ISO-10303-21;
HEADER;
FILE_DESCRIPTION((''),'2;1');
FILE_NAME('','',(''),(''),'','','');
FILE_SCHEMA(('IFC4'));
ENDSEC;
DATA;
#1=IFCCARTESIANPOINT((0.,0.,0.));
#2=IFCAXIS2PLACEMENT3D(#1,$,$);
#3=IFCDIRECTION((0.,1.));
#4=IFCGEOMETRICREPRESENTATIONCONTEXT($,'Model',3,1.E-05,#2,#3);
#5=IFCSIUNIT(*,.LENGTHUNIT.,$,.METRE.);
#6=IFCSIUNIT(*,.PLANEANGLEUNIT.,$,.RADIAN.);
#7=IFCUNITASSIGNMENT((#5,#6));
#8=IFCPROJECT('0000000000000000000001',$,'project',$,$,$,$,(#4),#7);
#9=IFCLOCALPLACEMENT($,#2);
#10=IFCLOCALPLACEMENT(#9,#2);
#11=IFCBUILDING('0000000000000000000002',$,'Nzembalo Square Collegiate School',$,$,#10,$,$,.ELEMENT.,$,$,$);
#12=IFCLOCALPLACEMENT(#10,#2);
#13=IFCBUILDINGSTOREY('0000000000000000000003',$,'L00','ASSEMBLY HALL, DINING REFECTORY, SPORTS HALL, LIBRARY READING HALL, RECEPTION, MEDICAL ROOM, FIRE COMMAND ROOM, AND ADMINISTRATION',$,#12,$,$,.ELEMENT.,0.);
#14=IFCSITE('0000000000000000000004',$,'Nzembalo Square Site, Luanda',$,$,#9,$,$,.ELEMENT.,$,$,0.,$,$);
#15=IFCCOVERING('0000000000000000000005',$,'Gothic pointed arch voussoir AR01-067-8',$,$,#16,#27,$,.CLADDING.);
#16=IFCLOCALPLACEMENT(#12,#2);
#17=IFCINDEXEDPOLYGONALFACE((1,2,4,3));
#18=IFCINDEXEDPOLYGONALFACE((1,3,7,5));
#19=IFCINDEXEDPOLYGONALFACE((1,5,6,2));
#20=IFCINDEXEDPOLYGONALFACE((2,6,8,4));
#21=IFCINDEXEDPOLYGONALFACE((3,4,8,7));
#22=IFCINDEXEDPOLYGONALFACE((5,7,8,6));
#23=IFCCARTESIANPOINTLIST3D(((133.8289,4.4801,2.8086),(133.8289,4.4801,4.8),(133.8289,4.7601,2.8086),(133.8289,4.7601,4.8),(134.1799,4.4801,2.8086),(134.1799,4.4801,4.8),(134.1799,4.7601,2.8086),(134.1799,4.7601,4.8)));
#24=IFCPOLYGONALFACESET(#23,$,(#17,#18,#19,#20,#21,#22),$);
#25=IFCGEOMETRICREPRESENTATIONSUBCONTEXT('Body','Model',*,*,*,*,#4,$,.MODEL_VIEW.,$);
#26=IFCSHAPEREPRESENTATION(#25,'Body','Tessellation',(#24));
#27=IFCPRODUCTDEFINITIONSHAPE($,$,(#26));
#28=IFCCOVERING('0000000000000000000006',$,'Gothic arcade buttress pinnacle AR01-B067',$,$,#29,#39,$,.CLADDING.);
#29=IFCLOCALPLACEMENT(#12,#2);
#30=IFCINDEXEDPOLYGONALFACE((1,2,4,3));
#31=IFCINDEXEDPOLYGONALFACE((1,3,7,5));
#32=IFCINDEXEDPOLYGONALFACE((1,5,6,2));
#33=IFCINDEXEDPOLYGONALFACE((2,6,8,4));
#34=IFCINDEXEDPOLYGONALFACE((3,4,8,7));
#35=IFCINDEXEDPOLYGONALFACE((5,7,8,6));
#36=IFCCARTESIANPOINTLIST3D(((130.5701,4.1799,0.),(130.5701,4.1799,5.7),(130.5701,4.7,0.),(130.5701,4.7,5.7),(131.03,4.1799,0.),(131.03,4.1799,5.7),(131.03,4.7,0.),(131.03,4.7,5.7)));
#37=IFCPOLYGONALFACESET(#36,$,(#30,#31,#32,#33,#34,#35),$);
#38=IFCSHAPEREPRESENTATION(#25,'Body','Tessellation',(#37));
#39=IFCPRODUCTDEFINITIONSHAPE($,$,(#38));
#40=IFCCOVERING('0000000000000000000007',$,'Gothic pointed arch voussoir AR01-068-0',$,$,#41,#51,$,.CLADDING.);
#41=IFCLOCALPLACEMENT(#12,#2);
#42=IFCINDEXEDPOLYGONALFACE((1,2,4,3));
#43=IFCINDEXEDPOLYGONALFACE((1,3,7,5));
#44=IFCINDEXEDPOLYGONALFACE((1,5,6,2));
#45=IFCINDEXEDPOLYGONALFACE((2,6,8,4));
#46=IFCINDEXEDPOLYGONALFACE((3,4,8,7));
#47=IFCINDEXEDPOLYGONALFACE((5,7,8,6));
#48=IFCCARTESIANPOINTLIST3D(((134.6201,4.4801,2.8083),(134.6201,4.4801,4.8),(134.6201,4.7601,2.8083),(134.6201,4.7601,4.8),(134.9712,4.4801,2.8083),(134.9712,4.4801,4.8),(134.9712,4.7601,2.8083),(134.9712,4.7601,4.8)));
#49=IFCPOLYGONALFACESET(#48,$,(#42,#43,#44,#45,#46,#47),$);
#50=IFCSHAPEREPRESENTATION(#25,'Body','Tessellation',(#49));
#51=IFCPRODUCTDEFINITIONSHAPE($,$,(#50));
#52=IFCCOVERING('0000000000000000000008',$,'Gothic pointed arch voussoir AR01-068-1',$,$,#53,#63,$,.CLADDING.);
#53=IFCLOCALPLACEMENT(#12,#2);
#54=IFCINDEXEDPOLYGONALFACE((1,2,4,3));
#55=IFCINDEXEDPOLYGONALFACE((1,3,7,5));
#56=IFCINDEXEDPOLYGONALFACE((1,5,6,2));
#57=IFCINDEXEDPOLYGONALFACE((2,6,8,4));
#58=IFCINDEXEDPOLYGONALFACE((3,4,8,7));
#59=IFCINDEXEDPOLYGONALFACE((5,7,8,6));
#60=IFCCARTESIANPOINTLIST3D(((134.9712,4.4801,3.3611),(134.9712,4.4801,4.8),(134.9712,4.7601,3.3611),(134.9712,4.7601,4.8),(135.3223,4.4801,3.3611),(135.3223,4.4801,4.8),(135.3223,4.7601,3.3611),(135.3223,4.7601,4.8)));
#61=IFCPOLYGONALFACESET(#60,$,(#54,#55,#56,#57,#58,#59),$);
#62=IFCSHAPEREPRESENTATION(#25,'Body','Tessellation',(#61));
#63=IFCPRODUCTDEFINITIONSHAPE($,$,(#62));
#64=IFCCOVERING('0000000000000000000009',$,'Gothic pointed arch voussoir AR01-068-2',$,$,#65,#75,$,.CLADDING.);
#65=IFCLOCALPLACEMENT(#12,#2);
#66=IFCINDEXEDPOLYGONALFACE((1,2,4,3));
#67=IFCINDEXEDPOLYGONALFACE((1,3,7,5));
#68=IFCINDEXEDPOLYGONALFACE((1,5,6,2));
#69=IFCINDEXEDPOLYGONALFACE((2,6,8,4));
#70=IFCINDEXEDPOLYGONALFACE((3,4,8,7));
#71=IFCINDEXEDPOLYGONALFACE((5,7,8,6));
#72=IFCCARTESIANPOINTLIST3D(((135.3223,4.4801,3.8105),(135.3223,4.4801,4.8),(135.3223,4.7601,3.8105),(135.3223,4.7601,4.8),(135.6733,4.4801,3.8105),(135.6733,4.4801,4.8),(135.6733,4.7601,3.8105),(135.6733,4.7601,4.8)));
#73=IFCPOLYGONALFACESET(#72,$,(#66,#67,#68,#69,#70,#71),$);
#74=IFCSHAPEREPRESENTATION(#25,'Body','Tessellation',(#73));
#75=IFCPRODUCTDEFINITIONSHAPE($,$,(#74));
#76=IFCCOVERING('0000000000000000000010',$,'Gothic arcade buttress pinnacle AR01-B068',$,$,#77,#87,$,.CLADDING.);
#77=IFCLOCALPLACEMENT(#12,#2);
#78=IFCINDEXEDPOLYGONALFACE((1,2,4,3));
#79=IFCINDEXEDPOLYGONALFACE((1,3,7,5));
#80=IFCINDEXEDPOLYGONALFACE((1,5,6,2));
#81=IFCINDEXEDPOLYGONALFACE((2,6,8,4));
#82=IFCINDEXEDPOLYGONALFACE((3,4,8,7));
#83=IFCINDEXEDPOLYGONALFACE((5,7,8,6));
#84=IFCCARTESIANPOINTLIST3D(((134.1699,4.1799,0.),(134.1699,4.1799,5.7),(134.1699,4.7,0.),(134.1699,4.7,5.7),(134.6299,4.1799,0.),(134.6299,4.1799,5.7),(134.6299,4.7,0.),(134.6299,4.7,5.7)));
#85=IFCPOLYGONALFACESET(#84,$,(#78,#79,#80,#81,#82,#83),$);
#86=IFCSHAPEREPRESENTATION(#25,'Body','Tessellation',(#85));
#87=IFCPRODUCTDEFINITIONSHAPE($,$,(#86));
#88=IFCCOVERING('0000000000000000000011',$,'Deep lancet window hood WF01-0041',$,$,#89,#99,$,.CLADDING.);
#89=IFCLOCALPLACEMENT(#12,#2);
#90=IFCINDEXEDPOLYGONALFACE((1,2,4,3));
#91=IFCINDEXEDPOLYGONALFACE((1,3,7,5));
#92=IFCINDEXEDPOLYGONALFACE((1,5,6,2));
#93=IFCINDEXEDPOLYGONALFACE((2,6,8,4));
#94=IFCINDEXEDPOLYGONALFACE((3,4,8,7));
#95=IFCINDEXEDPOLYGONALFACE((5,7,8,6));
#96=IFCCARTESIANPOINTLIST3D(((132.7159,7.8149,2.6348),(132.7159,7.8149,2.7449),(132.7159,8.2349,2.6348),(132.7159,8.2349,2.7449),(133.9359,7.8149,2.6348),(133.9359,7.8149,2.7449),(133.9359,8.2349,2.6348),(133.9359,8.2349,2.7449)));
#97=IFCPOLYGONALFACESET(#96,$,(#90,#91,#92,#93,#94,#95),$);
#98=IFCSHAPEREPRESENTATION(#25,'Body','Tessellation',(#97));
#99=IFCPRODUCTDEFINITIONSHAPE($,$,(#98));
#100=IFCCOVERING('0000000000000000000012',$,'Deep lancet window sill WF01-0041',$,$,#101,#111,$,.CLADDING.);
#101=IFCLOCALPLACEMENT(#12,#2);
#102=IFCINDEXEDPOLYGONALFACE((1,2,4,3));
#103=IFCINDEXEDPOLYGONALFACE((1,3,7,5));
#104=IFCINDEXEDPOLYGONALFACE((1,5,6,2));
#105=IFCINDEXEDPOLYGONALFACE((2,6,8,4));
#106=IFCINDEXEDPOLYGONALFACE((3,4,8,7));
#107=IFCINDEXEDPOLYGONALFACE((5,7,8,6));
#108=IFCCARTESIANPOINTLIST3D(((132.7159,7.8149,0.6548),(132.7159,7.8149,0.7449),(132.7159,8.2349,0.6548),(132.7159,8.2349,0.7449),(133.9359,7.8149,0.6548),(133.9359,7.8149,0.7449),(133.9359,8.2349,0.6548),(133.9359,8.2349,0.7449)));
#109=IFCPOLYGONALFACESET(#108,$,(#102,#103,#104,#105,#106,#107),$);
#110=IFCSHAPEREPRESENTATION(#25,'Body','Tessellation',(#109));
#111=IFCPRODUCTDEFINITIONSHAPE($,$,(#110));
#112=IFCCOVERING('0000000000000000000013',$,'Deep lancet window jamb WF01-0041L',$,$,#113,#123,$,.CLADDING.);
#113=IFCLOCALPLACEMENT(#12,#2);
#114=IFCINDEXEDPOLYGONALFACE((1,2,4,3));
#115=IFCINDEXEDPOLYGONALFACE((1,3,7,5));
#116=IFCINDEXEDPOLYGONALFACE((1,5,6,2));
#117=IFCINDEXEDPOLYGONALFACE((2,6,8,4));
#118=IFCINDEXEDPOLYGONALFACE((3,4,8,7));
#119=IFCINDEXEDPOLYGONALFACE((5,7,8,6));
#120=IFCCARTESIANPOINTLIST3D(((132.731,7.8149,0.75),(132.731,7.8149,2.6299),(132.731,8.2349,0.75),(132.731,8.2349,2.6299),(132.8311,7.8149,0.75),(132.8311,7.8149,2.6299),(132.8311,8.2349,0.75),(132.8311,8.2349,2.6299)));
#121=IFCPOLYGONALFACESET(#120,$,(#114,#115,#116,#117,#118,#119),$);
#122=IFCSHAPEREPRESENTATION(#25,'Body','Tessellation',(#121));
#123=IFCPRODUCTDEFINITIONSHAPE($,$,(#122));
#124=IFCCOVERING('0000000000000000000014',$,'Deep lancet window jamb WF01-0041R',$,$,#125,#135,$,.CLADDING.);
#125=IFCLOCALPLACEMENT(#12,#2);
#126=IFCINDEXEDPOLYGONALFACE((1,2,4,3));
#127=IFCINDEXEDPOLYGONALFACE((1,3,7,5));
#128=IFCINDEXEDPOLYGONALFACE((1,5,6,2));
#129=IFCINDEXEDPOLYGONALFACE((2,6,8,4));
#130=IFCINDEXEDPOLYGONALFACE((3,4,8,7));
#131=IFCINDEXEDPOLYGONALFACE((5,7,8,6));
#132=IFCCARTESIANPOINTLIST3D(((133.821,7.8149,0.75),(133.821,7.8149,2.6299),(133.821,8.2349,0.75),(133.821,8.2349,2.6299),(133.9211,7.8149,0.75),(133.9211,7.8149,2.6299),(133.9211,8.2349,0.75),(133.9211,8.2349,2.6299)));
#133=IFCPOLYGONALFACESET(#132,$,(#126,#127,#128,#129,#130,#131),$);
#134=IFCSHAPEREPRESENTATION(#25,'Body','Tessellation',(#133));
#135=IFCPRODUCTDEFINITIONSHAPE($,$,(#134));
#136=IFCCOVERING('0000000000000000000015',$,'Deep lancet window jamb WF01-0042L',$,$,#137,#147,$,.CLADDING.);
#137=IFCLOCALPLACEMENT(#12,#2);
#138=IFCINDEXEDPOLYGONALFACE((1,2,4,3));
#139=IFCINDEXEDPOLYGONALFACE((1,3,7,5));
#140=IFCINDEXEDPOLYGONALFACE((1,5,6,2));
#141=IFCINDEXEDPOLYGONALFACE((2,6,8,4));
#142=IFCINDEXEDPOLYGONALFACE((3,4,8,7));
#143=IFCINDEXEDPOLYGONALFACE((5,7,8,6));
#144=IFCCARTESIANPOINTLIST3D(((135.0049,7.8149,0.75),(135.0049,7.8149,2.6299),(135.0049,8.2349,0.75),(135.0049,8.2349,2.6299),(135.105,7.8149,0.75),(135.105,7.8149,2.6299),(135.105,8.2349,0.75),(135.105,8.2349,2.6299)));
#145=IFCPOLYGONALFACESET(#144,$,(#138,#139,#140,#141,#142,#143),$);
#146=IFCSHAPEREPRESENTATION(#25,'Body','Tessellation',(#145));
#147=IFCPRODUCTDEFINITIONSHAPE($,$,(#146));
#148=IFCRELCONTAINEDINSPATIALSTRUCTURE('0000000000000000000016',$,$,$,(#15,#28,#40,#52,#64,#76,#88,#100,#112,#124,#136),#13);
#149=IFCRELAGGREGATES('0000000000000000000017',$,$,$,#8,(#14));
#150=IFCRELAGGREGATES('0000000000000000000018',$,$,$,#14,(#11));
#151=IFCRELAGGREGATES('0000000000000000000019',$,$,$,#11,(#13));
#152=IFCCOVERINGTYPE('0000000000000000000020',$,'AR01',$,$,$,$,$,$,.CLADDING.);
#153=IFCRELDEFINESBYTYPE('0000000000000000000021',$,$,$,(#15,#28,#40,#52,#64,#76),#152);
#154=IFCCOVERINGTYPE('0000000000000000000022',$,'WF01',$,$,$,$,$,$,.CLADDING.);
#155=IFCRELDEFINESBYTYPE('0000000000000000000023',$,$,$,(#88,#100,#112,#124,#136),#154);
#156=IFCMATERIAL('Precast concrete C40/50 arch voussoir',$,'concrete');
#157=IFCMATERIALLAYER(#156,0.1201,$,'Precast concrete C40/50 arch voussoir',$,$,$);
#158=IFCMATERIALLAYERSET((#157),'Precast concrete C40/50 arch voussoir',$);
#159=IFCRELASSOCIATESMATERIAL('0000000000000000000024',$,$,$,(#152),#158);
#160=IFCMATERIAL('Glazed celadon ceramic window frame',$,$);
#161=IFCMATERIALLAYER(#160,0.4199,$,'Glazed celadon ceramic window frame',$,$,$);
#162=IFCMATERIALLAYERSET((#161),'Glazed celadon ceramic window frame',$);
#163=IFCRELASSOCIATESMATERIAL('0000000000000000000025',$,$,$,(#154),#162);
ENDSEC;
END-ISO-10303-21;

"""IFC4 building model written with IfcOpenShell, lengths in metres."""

from ifc_helpers import new_model, si_unit, direction, frame, origin, origin_2d, place, context, subcontext, project, spatial, rectangle, extrude, material, layer, layer_set, type_object, element, save


model = new_model("IFC4")

# Units and contexts
model_context = context("Model", 3, precision=1e-05, world=origin(), true_north=direction((0.0, 1.0)))
body_context = subcontext(model_context, "Body", "Model", "MODEL_VIEW")
ifc_project = project(units=[si_unit("LENGTHUNIT", "METRE"), si_unit("PLANEANGLEUNIT", "RADIAN")], contexts=[model_context])

# Site, building, storey
site_placement = place(None, origin())
site = spatial("IfcSite", under=ifc_project, at=site_placement, Name="Nzembalo Square Site, Luanda", CompositionType="ELEMENT", RefElevation=0.0)
building_placement = place(site_placement, origin())
building = spatial("IfcBuilding", under=site, at=building_placement, Name="Nzembalo Square Collegiate School", CompositionType="ELEMENT")
storey_placement = place(building_placement, origin())
storey = spatial("IfcBuildingStorey", under=building, at=storey_placement, Name="L00", Description="ASSEMBLY HALL, DINING REFECTORY, SPORTS HALL, LIBRARY READING HALL, RECEPTION, MEDICAL ROOM, FIRE COMMAND ROOM, AND ADMINISTRATION", CompositionType="ELEMENT", Elevation=0.0)

# Coverings
ifc_material_1 = material(Name="Precast concrete C40/50 arch voussoir", Category="concrete")
ifc_layer_1 = layer(ifc_material_1, 0.1201, Name="Precast concrete C40/50 arch voussoir")
ifc_layer_set_1 = layer_set([ifc_layer_1], Name="Precast concrete C40/50 arch voussoir")
covering_type_1 = type_object("IfcCoveringType", Name="AR01", PredefinedType="CLADDING", material=ifc_layer_set_1)
covering_1_placement = place(storey_placement, frame((134.0044, 4.6201, 2.8086), z_axis=(0.0, 0.0, 1.0), x_axis=(1.0, 0.0, 0.0)))
element("IfcCovering", 1, at=covering_1_placement, inside=storey, type_object=covering_type_1, Name="Gothic pointed arch voussoir AR01-067-8", PredefinedType="CLADDING", context=body_context, shape_type="SweptSolid", body=[
    extrude(rectangle(XDim=0.3511, YDim=0.28, at=origin_2d()), origin(), (0.0, 0.0, 1.0), 1.9915),
])
covering_2_placement = place(storey_placement, frame((130.8, 4.4399, 0.0), z_axis=(0.0, 0.0, 1.0), x_axis=(1.0, 0.0, 0.0)))
element("IfcCovering", 2, at=covering_2_placement, inside=storey, type_object=covering_type_1, Name="Gothic arcade buttress pinnacle AR01-B067", PredefinedType="CLADDING", context=body_context, shape_type="SweptSolid", body=[
    extrude(rectangle(XDim=0.46, YDim=0.52, at=origin_2d()), origin(), (0.0, 0.0, 1.0), 5.7),
])
covering_3_placement = place(storey_placement, frame((134.7957, 4.6201, 2.8083), z_axis=(0.0, 0.0, 1.0), x_axis=(1.0, 0.0, 0.0)))
element("IfcCovering", 3, at=covering_3_placement, inside=storey, type_object=covering_type_1, Name="Gothic pointed arch voussoir AR01-068-0", PredefinedType="CLADDING", context=body_context, shape_type="SweptSolid", body=[
    extrude(rectangle(XDim=0.3511, YDim=0.28, at=origin_2d()), origin(), (0.0, 0.0, 1.0), 1.9917),
])
covering_4_placement = place(storey_placement, frame((135.1467, 4.6201, 3.3611), z_axis=(0.0, 0.0, 1.0), x_axis=(1.0, 0.0, 0.0)))
element("IfcCovering", 4, at=covering_4_placement, inside=storey, type_object=covering_type_1, Name="Gothic pointed arch voussoir AR01-068-1", PredefinedType="CLADDING", context=body_context, shape_type="SweptSolid", body=[
    extrude(rectangle(XDim=0.3511, YDim=0.28, at=origin_2d()), origin(), (0.0, 0.0, 1.0), 1.439),
])
covering_5_placement = place(storey_placement, frame((135.4978, 4.6201, 3.8105), z_axis=(0.0, 0.0, 1.0), x_axis=(1.0, 0.0, 0.0)))
element("IfcCovering", 5, at=covering_5_placement, inside=storey, type_object=covering_type_1, Name="Gothic pointed arch voussoir AR01-068-2", PredefinedType="CLADDING", context=body_context, shape_type="SweptSolid", body=[
    extrude(rectangle(XDim=0.3511, YDim=0.28, at=origin_2d()), origin(), (0.0, 0.0, 1.0), 0.9895),
])
covering_6_placement = place(storey_placement, frame((134.3999, 4.4399, 0.0), z_axis=(0.0, 0.0, 1.0), x_axis=(1.0, 0.0, 0.0)))
element("IfcCovering", 6, at=covering_6_placement, inside=storey, type_object=covering_type_1, Name="Gothic arcade buttress pinnacle AR01-B068", PredefinedType="CLADDING", context=body_context, shape_type="SweptSolid", body=[
    extrude(rectangle(XDim=0.46, YDim=0.52, at=origin_2d()), origin(), (0.0, 0.0, 1.0), 5.7),
])
ifc_material_2 = material(Name="Glazed celadon ceramic window frame")
ifc_layer_2 = layer(ifc_material_2, 0.4199, Name="Glazed celadon ceramic window frame")
ifc_layer_set_2 = layer_set([ifc_layer_2], Name="Glazed celadon ceramic window frame")
covering_type_2 = type_object("IfcCoveringType", Name="WF01", PredefinedType="CLADDING", material=ifc_layer_set_2)
covering_7_placement = place(storey_placement, frame((133.3259, 8.0249, 2.6348), z_axis=(0.0, 0.0, 1.0), x_axis=(1.0, 0.0, 0.0)))
element("IfcCovering", 7, at=covering_7_placement, inside=storey, type_object=covering_type_2, Name="Deep lancet window hood WF01-0041", PredefinedType="CLADDING", context=body_context, shape_type="SweptSolid", body=[
    extrude(rectangle(XDim=1.22, YDim=0.4199, at=origin_2d()), origin(), (0.0, 0.0, 1.0), 0.1101),
])
covering_8_placement = place(storey_placement, frame((133.3259, 8.0249, 0.6548), z_axis=(0.0, 0.0, 1.0), x_axis=(1.0, 0.0, 0.0)))
element("IfcCovering", 8, at=covering_8_placement, inside=storey, type_object=covering_type_2, Name="Deep lancet window sill WF01-0041", PredefinedType="CLADDING", context=body_context, shape_type="SweptSolid", body=[
    extrude(rectangle(XDim=1.22, YDim=0.4199, at=origin_2d()), origin(), (0.0, 0.0, 1.0), 0.0901),
])
for number, where, z_axis, x_axis, name in (
    (9, (132.781, 8.0249, 0.75), (0.0, 0.0, 1.0), (1.0, 0.0, 0.0), "Deep lancet window jamb WF01-0041L"),
    (10, (133.8711, 8.0249, 0.75), (0.0, 0.0, 1.0), (1.0, 0.0, 0.0), "Deep lancet window jamb WF01-0041R"),
    (11, (135.0549, 8.0249, 0.75), (0.0, 0.0, 1.0), (1.0, 0.0, 0.0), "Deep lancet window jamb WF01-0042L"),
):
    element("IfcCovering", number, at=place(storey_placement, frame(where, z_axis=z_axis, x_axis=x_axis)), inside=storey, type_object=covering_type_2, Name=name, PredefinedType="CLADDING", context=body_context, shape_type="SweptSolid", body=[
        extrude(rectangle(XDim=0.1001, YDim=0.4199, at=origin_2d()), origin(), (0.0, 0.0, 1.0), 1.8799),
    ])

save(model, "model.ifc")
